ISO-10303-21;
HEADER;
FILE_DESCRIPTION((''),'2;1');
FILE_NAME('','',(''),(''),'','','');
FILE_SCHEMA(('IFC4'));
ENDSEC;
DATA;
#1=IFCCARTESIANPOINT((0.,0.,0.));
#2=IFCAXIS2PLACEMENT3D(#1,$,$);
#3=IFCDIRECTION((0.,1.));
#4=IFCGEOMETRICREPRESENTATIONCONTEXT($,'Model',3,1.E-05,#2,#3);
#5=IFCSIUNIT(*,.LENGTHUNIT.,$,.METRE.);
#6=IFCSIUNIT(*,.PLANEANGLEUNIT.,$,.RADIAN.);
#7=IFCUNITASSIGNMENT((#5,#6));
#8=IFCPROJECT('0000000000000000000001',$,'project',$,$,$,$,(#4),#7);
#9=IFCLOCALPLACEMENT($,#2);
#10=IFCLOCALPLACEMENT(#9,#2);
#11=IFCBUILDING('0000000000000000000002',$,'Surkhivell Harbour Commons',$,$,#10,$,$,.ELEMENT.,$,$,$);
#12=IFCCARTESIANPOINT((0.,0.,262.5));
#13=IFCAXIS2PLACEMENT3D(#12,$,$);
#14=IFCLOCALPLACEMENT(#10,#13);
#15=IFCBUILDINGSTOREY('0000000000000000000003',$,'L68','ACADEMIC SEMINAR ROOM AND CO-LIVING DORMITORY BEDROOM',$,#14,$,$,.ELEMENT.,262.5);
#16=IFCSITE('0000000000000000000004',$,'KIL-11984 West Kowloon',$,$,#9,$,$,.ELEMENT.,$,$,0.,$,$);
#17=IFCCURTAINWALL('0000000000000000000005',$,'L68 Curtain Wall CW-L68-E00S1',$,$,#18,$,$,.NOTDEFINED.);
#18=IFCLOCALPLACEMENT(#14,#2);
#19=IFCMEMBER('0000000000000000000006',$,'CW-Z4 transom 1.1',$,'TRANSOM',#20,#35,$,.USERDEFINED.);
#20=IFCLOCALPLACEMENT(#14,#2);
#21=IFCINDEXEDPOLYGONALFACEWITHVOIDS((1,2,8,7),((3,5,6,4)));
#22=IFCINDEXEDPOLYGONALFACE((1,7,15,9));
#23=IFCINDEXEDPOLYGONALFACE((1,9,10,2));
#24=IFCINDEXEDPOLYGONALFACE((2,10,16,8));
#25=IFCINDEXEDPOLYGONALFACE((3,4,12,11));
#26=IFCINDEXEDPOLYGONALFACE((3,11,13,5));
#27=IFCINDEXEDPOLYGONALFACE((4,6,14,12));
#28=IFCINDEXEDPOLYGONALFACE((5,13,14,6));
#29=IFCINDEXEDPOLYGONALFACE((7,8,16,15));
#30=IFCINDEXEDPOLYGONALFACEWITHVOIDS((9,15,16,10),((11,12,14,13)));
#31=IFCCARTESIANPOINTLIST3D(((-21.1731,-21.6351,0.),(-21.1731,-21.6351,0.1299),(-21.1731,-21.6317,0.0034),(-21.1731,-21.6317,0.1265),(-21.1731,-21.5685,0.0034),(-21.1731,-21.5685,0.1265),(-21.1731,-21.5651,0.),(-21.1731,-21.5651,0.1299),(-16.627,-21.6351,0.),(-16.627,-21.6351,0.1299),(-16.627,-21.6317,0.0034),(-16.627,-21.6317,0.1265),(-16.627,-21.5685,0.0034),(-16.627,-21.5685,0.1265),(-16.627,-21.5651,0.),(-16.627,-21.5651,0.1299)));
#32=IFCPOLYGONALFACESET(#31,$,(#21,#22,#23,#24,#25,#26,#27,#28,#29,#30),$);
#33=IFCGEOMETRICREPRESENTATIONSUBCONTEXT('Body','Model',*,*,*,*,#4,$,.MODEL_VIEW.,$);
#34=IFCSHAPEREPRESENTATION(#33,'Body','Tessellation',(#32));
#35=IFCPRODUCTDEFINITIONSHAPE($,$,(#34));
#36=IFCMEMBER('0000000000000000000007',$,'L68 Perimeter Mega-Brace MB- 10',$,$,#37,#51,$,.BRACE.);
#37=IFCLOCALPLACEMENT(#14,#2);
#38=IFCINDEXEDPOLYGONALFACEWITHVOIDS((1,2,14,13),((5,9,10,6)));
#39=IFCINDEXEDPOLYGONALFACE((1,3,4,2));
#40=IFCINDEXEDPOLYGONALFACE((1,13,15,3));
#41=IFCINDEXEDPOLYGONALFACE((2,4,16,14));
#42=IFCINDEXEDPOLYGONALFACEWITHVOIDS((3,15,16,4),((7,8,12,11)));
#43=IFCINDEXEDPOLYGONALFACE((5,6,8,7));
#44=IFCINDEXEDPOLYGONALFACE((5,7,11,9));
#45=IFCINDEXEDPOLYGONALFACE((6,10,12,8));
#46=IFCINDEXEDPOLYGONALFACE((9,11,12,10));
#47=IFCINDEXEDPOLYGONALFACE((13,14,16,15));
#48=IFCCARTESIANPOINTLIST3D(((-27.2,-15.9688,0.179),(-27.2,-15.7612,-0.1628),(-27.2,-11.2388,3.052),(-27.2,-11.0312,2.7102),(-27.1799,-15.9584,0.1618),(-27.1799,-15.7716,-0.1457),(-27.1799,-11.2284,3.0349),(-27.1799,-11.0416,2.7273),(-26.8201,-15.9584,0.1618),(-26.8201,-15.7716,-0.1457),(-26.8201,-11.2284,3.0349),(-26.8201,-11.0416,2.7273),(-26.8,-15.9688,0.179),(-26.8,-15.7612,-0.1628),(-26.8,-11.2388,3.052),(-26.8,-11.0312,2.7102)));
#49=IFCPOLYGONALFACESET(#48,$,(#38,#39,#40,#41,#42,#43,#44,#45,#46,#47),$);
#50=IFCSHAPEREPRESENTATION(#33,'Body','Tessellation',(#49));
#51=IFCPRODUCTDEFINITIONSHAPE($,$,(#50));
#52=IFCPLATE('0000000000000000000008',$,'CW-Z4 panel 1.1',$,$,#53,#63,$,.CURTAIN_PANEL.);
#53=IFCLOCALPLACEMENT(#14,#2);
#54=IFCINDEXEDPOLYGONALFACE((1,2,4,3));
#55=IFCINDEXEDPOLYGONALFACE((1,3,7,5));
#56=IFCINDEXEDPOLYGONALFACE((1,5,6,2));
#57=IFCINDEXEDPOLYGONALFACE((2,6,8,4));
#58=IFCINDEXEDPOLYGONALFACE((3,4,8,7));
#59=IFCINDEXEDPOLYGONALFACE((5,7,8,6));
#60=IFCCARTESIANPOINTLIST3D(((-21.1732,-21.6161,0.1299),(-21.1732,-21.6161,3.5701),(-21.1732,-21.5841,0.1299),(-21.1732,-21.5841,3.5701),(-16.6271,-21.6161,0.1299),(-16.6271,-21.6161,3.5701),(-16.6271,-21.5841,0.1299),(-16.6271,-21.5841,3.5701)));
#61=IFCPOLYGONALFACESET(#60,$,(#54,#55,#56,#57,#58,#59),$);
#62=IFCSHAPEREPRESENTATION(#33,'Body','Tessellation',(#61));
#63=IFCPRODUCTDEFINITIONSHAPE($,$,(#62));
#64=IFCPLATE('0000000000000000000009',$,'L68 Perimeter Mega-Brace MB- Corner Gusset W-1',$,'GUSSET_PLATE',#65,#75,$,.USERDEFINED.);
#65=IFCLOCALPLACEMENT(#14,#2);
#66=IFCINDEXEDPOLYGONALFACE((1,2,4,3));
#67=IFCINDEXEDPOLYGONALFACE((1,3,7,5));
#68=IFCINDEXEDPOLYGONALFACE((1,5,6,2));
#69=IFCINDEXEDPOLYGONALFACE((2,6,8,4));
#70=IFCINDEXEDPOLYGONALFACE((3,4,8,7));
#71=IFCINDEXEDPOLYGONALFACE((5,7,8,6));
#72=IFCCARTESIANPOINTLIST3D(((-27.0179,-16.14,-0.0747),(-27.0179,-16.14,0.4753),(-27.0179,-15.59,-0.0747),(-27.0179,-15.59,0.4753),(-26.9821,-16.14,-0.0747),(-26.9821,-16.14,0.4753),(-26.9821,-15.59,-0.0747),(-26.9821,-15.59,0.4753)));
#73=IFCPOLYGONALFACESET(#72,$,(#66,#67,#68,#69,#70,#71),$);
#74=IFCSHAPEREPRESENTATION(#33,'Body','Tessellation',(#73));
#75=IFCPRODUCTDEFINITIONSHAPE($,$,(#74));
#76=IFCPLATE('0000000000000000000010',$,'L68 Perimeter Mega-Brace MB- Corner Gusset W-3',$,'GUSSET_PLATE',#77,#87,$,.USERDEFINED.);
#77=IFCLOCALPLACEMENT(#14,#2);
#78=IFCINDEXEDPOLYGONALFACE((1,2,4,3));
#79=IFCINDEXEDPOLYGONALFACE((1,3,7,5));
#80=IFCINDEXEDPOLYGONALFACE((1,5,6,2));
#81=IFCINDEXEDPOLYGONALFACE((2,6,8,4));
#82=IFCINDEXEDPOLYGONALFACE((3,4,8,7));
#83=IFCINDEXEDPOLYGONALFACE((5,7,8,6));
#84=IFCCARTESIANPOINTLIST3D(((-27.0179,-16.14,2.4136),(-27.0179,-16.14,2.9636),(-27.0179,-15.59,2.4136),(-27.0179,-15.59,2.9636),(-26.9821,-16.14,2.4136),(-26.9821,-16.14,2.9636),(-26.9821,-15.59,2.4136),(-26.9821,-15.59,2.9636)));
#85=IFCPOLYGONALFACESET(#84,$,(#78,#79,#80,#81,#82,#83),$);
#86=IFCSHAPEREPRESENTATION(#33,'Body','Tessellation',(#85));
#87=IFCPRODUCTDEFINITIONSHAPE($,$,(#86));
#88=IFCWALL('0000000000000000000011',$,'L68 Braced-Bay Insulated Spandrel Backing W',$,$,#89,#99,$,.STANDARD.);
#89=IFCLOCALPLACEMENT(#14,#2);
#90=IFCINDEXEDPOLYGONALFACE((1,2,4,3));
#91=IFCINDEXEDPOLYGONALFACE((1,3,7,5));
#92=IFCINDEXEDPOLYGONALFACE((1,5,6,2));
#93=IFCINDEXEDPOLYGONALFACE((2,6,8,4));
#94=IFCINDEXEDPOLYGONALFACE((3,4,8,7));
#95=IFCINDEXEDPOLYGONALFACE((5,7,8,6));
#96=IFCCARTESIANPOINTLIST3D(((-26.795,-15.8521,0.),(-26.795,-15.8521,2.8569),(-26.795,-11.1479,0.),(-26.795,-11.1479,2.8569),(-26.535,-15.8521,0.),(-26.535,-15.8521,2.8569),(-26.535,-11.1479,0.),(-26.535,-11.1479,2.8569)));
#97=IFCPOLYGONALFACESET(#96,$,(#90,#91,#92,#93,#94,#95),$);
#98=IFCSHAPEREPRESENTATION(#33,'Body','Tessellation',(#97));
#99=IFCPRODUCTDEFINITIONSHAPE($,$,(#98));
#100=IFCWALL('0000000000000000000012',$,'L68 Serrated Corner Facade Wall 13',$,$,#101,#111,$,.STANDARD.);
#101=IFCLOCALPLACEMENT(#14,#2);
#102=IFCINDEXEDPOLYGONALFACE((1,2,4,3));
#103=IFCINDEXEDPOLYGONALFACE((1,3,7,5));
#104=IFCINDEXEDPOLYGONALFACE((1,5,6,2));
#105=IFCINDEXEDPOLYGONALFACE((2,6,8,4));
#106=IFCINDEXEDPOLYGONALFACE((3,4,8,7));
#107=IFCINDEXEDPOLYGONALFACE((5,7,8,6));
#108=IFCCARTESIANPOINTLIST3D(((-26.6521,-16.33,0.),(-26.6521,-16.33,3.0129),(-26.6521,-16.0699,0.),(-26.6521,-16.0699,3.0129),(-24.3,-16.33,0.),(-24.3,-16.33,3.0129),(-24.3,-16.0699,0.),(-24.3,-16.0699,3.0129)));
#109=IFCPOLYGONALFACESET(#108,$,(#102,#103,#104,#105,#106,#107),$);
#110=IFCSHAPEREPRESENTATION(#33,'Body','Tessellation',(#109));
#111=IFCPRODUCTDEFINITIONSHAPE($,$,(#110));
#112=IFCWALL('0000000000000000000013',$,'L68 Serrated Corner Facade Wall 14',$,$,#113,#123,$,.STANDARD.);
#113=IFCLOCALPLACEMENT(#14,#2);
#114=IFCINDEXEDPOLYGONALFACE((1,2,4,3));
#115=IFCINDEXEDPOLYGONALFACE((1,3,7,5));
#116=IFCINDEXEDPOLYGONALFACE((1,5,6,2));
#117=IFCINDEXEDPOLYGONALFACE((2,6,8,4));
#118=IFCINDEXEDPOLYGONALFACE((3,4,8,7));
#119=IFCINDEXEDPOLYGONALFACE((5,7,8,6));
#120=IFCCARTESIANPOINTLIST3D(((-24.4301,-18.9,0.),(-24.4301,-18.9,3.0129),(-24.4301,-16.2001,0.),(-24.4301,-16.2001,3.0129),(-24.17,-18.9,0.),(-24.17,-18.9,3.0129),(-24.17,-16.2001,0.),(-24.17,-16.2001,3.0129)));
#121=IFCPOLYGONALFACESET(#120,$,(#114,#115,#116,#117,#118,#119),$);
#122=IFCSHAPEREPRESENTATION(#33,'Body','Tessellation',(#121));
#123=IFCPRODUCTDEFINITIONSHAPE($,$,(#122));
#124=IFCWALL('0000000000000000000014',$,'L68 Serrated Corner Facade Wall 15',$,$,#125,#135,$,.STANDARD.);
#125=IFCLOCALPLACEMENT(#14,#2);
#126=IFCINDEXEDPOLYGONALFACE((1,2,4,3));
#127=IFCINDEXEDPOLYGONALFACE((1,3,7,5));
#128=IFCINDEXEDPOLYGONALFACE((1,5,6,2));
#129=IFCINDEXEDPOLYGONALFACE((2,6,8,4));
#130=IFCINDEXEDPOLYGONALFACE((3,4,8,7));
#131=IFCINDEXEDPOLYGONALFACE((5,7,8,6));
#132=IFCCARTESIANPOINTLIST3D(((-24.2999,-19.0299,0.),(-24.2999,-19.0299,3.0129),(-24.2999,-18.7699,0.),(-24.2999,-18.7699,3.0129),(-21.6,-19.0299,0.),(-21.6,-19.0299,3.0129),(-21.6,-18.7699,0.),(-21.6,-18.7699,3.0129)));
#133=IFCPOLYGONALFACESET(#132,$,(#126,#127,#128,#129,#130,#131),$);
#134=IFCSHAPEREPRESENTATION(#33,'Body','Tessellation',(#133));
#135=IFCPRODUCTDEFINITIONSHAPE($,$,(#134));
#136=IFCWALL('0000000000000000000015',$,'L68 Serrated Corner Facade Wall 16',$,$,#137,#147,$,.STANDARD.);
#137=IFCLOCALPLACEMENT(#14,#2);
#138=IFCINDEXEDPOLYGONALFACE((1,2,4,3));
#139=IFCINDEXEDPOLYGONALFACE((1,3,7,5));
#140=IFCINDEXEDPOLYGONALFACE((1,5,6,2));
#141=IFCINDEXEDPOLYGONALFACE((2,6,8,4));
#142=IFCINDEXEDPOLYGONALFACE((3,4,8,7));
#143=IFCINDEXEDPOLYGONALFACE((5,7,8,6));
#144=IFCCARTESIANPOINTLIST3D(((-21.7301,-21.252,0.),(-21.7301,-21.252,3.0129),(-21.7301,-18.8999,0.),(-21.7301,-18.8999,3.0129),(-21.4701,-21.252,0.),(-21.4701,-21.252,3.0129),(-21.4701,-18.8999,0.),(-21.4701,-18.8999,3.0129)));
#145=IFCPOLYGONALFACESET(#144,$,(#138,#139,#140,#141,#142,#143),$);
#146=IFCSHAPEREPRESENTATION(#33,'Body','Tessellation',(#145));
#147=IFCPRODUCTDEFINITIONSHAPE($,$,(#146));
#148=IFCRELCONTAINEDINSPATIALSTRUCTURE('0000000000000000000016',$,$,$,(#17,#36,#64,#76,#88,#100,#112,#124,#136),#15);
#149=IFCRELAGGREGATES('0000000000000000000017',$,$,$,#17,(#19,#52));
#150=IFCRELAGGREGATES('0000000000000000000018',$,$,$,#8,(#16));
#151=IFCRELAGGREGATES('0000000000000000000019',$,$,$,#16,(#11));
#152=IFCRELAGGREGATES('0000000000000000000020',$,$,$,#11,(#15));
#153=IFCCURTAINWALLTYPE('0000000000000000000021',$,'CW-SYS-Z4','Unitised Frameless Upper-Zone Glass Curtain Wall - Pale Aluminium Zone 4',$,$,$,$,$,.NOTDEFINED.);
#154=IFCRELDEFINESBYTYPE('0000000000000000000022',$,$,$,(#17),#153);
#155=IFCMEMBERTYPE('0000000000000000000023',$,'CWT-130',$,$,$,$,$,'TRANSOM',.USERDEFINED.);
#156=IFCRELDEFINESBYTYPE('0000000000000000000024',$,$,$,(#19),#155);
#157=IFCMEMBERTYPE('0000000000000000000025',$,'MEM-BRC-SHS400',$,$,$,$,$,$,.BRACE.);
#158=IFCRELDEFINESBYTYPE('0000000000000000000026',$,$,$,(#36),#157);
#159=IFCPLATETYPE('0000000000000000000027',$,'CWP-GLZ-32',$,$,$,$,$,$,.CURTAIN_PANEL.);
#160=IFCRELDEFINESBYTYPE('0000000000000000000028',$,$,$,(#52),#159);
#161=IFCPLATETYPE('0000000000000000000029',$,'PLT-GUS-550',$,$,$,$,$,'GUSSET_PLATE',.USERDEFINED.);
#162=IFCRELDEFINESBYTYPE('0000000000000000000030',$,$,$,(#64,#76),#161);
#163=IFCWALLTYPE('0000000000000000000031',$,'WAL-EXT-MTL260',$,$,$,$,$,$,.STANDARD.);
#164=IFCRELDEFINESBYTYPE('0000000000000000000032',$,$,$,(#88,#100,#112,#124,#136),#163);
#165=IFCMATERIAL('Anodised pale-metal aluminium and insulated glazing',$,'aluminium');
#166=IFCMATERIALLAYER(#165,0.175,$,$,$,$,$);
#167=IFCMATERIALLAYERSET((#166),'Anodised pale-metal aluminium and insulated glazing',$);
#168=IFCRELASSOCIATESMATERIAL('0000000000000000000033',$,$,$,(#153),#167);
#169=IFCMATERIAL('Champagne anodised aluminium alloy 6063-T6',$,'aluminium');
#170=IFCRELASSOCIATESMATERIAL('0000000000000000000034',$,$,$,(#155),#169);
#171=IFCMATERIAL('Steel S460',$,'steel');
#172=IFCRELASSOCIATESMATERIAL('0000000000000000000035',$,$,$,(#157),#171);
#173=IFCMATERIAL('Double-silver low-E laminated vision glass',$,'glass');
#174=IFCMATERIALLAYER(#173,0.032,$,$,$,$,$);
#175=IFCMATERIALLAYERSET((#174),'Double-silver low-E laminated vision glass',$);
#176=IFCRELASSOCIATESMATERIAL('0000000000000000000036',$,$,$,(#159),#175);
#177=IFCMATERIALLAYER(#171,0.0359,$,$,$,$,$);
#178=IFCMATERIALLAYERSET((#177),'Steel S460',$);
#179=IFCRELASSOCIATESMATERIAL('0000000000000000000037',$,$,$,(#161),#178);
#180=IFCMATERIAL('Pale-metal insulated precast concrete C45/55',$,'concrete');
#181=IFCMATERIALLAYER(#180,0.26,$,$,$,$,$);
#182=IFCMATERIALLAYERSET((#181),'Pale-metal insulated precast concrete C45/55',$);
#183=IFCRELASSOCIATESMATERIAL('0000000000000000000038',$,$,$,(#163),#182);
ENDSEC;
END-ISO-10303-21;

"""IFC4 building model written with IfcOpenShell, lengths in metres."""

from ifc_helpers import new_model, si_unit, direction, frame, frame_2d, origin, origin_2d, place, context, subcontext, project, spatial, rectangle, hollow_rectangle, extrude, material, layer, layer_set, material_profile, profile_set, type_object, element, aggregate, save


model = new_model("IFC4")

# Units and contexts
model_context = context("Model", 3, precision=1e-05, world=origin(), true_north=direction((0.0, 1.0)))
body_context = subcontext(model_context, "Body", "Model", "MODEL_VIEW")
ifc_project = project(units=[si_unit("LENGTHUNIT", "METRE"), si_unit("PLANEANGLEUNIT", "RADIAN")], contexts=[model_context])

# Site, building, storey
site_placement = place(None, origin())
site = spatial("IfcSite", under=ifc_project, at=site_placement, Name="KIL-11984 West Kowloon", CompositionType="ELEMENT", RefElevation=0.0)
building_placement = place(site_placement, origin())
building = spatial("IfcBuilding", under=site, at=building_placement, Name="Surkhivell Harbour Commons", CompositionType="ELEMENT")
storey_placement = place(building_placement, frame((0.0, 0.0, 262.5)))
storey = spatial("IfcBuildingStorey", under=building, at=storey_placement, Name="L68", Description="ACADEMIC SEMINAR ROOM AND CO-LIVING DORMITORY BEDROOM", CompositionType="ELEMENT", Elevation=262.5)

# Curtain wall, member
ifc_material_1 = material(Name="Anodised pale-metal aluminium and insulated glazing", Category="aluminium")
ifc_layer_1 = layer(ifc_material_1, 0.175)
ifc_layer_set_1 = layer_set([ifc_layer_1], Name="Anodised pale-metal aluminium and insulated glazing")
curtain_wall_type = type_object("IfcCurtainWallType", Name="CW-SYS-Z4", Description="Unitised Frameless Upper-Zone Glass Curtain Wall - Pale Aluminium Zone 4", PredefinedType="NOTDEFINED", material=ifc_layer_set_1)
curtain_wall_placement = place(storey_placement, origin())
curtain_wall = element("IfcCurtainWall", 1, at=curtain_wall_placement, inside=storey, type_object=curtain_wall_type, Name="L68 Curtain Wall CW-L68-E00S1", PredefinedType="NOTDEFINED")
ifc_material_2 = material(Name="Champagne anodised aluminium alloy 6063-T6", Category="aluminium")
ifc_material_profile_1 = material_profile(ifc_material_2, hollow_rectangle(XDim=0.0701, YDim=0.1299, WallThickness=0.0034, at=origin_2d()), Name="ALU-TRAN-70x130")
ifc_profile_set_1 = profile_set([ifc_material_profile_1], Name="Champagne anodised aluminium alloy 6063-T6")
member_type_1 = type_object("IfcMemberType", Name="CWT-130", ElementType="TRANSOM", PredefinedType="USERDEFINED", material=ifc_profile_set_1)
member_1_placement = place(storey_placement, frame((-21.1731, -21.6001, 0.0649), z_axis=(1.0, 0.0, 0.0), x_axis=(0.0, 1.0, 0.0)))
member_1 = element("IfcMember", 2, at=member_1_placement, type_object=member_type_1, Name="CW-Z4 transom 1.1", ObjectType="TRANSOM", PredefinedType="USERDEFINED", context=body_context, shape_type="SweptSolid", body=[
    extrude(hollow_rectangle(XDim=0.0701, YDim=0.1299, WallThickness=0.0034, at=origin_2d()), origin(), (0.0, 0.0, 1.0), 4.5461),
])

# Member
ifc_material_3 = material(Name="Steel S460", Category="steel")
ifc_material_profile_2 = material_profile(ifc_material_3, hollow_rectangle(XDim=0.3999, YDim=0.3999, WallThickness=0.02, at=origin_2d()), Name="SHS400x400x20")
ifc_profile_set_2 = profile_set([ifc_material_profile_2], Name="Steel S460")
member_type_2 = type_object("IfcMemberType", Name="MEM-BRC-SHS400", PredefinedType="BRACE", material=ifc_profile_set_2)
member_2_placement = place(storey_placement, frame((-27.0, -15.865, 0.0081), z_axis=(0.0, 0.854685, 0.519146), x_axis=(-1.0, 0.0, 0.0)))
element("IfcMember", 3, at=member_2_placement, inside=storey, type_object=member_type_2, Name="L68 Perimeter Mega-Brace MB- 10", PredefinedType="BRACE", context=body_context, shape_type="SweptSolid", body=[
    extrude(hollow_rectangle(XDim=0.3999, YDim=0.3999, WallThickness=0.02, at=origin_2d()), origin(), (0.0, 0.0, 1.0), 5.5342),
])

# Plate
ifc_material_4 = material(Name="Double-silver low-E laminated vision glass", Category="glass")
ifc_layer_2 = layer(ifc_material_4, 0.032)
ifc_layer_set_2 = layer_set([ifc_layer_2], Name="Double-silver low-E laminated vision glass")
plate_type_1 = type_object("IfcPlateType", Name="CWP-GLZ-32", PredefinedType="CURTAIN_PANEL", material=ifc_layer_set_2)
plate_placement = place(storey_placement, frame((-21.1731, -21.6001, 0.1299), z_axis=(0.0, 0.0, 1.0), x_axis=(1.0, 0.0, 0.0)))
plate = element("IfcPlate", 4, at=plate_placement, type_object=plate_type_1, Name="CW-Z4 panel 1.1", PredefinedType="CURTAIN_PANEL", context=body_context, shape_type="SweptSolid", body=[
    extrude(rectangle(XDim=4.5461, YDim=0.032, at=frame_2d((2.2729, 0.0))), origin(), (0.0, 0.0, 1.0), 3.4402),
])
aggregate(curtain_wall, [member_1, plate])

# Plates
ifc_layer_3 = layer(ifc_material_3, 0.0359)
ifc_layer_set_3 = layer_set([ifc_layer_3], Name="Steel S460")
plate_type_2 = type_object("IfcPlateType", Name="PLT-GUS-550", ElementType="GUSSET_PLATE", PredefinedType="USERDEFINED", material=ifc_layer_set_3)
for number, where, z_axis, x_axis, name in (
    (5, (-27.0, -15.865, -0.0747), (0.0, 0.0, 1.0), (0.0, 1.0, 0.0), "L68 Perimeter Mega-Brace MB- Corner Gusset W-1"),
    (6, (-27.0, -15.865, 2.4136), (0.0, 0.0, 1.0), (0.0, 1.0, 0.0), "L68 Perimeter Mega-Brace MB- Corner Gusset W-3"),
):
    element("IfcPlate", number, at=place(storey_placement, frame(where, z_axis=z_axis, x_axis=x_axis)), inside=storey, type_object=plate_type_2, Name=name, ObjectType="GUSSET_PLATE", PredefinedType="USERDEFINED", context=body_context, shape_type="SweptSolid", body=[
        extrude(rectangle(XDim=0.55, YDim=0.0359, at=origin_2d()), origin(), (0.0, 0.0, 1.0), 0.55),
    ])

# Walls
ifc_material_5 = material(Name="Pale-metal insulated precast concrete C45/55", Category="concrete")
ifc_layer_4 = layer(ifc_material_5, 0.26)
ifc_layer_set_4 = layer_set([ifc_layer_4], Name="Pale-metal insulated precast concrete C45/55")
wall_type = type_object("IfcWallType", Name="WAL-EXT-MTL260", PredefinedType="STANDARD", material=ifc_layer_set_4)
wall_1_placement = place(storey_placement, frame((-26.665, -15.8521, 0.0), z_axis=(0.0, 0.0, 1.0), x_axis=(0.0, 1.0, 0.0)))
element("IfcWall", 7, at=wall_1_placement, inside=storey, type_object=wall_type, Name="L68 Braced-Bay Insulated Spandrel Backing W", PredefinedType="STANDARD", context=body_context, shape_type="SweptSolid", body=[
    extrude(rectangle(XDim=4.7041, YDim=0.26, at=frame_2d((2.3521, 0.0))), origin(), (0.0, 0.0, 1.0), 2.8569),
])
wall_2_placement = place(storey_placement, frame((-26.6521, -16.2, 0.0), z_axis=(0.0, 0.0, 1.0), x_axis=(1.0, 0.0, 0.0)))
element("IfcWall", 8, at=wall_2_placement, inside=storey, type_object=wall_type, Name="L68 Serrated Corner Facade Wall 13", PredefinedType="STANDARD", context=body_context, shape_type="SweptSolid", body=[
    extrude(rectangle(XDim=2.3521, YDim=0.26, at=frame_2d((1.176, 0.0))), origin(), (0.0, 0.0, 1.0), 3.0129),
])
for number, where, z_axis, x_axis, name in (
    (9, (-24.3, -16.2, 0.0), (0.0, 0.0, 1.0), (0.0, -1.0, 0.0), "L68 Serrated Corner Facade Wall 14"),
    (10, (-24.3, -18.8999, 0.0), (0.0, 0.0, 1.0), (1.0, 0.0, 0.0), "L68 Serrated Corner Facade Wall 15"),
):
    element("IfcWall", number, at=place(storey_placement, frame(where, z_axis=z_axis, x_axis=x_axis)), inside=storey, type_object=wall_type, Name=name, PredefinedType="STANDARD", context=body_context, shape_type="SweptSolid", body=[
        extrude(rectangle(XDim=2.7, YDim=0.26, at=frame_2d((1.3501, 0.0))), origin(), (0.0, 0.0, 1.0), 3.0129),
    ])
wall_3_placement = place(storey_placement, frame((-21.6001, -18.8999, 0.0), z_axis=(0.0, 0.0, 1.0), x_axis=(0.0, -1.0, 0.0)))
element("IfcWall", 11, at=wall_3_placement, inside=storey, type_object=wall_type, Name="L68 Serrated Corner Facade Wall 16", PredefinedType="STANDARD", context=body_context, shape_type="SweptSolid", body=[
    extrude(rectangle(XDim=2.3521, YDim=0.26, at=frame_2d((1.176, 0.0))), origin(), (0.0, 0.0, 1.0), 3.0129),
])

save(model, "model.ifc")
